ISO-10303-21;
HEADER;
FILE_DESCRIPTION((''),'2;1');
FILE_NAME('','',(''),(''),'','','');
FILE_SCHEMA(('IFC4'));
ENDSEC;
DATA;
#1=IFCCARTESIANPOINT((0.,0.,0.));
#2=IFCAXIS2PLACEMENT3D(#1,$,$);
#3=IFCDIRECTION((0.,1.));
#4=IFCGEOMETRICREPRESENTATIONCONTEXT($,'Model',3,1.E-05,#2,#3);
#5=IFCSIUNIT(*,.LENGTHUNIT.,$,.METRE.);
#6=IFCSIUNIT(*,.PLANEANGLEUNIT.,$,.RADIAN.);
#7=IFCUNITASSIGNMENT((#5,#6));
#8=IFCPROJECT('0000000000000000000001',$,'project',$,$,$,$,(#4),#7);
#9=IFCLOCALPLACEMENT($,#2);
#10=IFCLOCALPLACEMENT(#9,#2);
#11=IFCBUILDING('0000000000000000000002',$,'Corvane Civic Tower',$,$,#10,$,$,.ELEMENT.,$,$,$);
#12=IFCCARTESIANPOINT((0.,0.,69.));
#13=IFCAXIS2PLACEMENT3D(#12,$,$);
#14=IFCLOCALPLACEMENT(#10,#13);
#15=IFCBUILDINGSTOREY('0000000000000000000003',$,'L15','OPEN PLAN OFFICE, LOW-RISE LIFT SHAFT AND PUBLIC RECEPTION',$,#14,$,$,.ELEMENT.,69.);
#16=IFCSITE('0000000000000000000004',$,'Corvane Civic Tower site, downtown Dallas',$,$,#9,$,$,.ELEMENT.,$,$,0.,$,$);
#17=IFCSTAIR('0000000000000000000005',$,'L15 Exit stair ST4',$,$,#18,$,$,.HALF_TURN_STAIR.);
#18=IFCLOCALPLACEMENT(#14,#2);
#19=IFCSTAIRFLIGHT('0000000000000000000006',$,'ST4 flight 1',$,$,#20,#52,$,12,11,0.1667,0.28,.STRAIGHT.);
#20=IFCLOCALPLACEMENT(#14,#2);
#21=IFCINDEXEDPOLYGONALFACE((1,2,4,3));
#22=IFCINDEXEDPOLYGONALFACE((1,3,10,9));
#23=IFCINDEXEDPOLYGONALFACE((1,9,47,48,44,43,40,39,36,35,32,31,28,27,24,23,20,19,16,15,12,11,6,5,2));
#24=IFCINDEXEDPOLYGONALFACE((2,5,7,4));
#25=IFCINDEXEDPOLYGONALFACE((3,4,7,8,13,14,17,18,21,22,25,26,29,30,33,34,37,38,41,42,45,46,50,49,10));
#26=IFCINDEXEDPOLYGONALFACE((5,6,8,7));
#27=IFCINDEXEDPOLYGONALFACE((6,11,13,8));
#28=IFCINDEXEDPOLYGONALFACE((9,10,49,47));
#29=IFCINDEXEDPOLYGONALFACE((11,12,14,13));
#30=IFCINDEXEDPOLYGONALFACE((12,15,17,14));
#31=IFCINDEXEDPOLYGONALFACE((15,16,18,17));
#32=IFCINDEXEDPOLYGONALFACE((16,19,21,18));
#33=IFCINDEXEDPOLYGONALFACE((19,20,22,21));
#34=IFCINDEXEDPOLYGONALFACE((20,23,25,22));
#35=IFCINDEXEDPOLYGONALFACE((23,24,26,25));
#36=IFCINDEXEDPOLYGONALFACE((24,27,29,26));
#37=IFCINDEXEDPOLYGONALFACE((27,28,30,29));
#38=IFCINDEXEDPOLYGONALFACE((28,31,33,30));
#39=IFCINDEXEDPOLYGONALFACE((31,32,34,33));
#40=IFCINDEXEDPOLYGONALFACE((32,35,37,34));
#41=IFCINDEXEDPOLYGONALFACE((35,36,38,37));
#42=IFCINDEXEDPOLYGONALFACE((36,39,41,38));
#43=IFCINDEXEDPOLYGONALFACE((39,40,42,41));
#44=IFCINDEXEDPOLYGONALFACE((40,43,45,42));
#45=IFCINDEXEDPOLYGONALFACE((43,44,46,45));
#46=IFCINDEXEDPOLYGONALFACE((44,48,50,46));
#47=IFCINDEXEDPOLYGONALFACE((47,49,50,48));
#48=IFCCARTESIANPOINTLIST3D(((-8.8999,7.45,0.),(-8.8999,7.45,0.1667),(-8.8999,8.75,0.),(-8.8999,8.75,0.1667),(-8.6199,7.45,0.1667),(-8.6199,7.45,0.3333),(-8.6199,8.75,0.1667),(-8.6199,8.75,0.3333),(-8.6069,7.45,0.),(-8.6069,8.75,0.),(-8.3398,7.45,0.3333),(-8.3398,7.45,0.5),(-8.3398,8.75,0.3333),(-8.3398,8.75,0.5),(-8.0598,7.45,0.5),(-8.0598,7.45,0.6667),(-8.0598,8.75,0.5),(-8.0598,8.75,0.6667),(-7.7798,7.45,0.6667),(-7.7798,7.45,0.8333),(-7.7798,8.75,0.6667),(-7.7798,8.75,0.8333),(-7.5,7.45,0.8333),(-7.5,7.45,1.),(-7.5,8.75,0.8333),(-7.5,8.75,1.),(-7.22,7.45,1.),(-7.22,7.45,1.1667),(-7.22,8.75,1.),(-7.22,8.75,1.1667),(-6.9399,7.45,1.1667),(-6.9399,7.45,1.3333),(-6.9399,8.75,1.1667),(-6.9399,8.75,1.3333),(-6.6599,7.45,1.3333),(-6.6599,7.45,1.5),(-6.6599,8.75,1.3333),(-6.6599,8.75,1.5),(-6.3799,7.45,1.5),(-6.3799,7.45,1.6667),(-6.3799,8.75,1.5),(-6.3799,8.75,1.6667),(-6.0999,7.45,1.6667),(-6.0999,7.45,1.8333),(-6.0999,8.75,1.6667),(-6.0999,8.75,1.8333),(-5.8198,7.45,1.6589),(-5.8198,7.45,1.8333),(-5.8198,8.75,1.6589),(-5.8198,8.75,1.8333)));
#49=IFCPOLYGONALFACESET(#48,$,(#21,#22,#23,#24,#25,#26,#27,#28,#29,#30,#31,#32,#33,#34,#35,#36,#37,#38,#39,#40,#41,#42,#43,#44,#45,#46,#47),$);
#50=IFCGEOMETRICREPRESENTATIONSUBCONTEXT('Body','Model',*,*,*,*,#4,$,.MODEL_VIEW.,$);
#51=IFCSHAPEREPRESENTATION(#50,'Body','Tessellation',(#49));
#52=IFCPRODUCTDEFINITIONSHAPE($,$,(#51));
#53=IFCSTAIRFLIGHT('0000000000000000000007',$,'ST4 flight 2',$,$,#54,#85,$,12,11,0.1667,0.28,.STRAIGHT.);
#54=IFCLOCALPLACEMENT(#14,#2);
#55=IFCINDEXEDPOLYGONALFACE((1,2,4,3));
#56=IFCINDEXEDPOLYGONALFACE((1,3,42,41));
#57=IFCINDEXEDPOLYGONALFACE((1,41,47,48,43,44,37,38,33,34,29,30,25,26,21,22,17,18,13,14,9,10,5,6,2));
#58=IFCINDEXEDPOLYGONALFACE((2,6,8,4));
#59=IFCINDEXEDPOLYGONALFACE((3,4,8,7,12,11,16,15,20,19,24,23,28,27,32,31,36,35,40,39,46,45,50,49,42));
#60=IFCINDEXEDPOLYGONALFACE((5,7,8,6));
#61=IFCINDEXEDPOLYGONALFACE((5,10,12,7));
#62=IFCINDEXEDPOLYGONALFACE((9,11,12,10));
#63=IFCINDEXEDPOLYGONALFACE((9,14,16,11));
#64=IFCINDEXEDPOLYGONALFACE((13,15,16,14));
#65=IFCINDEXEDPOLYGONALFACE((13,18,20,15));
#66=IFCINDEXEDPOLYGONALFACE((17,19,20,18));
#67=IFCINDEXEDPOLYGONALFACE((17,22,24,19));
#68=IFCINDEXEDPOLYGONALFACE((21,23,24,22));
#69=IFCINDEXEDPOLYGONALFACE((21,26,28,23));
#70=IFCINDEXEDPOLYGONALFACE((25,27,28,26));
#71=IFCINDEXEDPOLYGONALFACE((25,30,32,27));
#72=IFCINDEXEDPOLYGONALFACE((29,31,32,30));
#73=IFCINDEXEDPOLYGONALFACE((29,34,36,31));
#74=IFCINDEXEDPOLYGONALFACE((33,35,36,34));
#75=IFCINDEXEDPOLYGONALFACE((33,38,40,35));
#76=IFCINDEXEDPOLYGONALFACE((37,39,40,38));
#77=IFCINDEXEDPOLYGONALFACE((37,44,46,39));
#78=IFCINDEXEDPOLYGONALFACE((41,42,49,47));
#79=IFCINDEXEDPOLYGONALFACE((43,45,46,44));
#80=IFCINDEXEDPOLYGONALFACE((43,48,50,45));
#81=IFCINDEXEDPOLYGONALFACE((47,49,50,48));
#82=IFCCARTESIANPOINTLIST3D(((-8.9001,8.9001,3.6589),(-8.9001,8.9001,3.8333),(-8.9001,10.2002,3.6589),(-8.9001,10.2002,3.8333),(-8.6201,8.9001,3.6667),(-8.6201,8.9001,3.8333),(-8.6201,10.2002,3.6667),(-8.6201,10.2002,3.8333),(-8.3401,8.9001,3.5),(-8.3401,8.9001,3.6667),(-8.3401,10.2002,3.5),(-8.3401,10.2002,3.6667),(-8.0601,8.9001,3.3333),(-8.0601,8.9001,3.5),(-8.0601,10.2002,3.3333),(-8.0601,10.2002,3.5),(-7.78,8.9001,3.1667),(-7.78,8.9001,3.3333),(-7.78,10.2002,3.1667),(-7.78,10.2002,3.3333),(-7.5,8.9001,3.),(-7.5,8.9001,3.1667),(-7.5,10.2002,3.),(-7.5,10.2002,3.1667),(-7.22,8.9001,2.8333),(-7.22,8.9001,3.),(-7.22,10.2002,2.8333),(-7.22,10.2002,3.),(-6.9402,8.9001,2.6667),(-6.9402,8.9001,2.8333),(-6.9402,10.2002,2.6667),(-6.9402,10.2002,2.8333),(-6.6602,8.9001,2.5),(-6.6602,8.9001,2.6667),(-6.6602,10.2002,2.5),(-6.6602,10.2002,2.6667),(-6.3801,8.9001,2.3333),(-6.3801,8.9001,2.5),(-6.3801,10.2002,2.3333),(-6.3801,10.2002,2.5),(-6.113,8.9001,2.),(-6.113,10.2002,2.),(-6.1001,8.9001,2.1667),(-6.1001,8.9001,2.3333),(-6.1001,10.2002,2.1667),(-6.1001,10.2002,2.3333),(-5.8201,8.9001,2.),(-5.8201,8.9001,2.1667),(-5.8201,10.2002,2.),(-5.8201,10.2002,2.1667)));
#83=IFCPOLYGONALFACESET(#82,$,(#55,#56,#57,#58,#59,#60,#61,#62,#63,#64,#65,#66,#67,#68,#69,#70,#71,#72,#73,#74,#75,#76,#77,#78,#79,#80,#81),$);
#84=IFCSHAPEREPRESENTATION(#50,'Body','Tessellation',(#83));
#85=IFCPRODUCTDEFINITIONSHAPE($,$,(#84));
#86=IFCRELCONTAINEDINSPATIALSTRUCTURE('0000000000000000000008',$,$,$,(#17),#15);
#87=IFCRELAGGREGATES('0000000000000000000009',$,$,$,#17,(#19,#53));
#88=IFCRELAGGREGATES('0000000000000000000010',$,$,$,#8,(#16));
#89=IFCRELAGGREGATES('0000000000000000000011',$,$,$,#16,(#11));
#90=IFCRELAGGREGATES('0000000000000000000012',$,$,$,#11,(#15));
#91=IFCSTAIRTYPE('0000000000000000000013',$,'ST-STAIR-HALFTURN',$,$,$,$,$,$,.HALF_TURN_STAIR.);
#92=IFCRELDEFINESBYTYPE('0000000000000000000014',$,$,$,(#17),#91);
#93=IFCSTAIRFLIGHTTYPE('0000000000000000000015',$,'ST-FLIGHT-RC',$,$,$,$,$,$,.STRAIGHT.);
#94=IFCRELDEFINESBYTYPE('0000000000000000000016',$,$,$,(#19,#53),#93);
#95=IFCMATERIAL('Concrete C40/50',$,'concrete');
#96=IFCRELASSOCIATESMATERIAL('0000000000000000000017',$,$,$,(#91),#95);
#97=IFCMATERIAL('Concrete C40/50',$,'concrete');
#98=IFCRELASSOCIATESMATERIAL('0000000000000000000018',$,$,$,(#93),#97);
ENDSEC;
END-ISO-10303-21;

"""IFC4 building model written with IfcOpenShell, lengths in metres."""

from ifc_helpers import new_model, si_unit, direction, frame, origin, place, context, subcontext, project, spatial, polyline, outline, extrude, material, type_object, element, aggregate, save


model = new_model("IFC4")

# Units and contexts
model_context = context("Model", 3, precision=1e-05, world=origin(), true_north=direction((0.0, 1.0)))
body_context = subcontext(model_context, "Body", "Model", "MODEL_VIEW")
ifc_project = project(units=[si_unit("LENGTHUNIT", "METRE"), si_unit("PLANEANGLEUNIT", "RADIAN")], contexts=[model_context])

# Site, building, storey
site_placement = place(None, origin())
site = spatial("IfcSite", under=ifc_project, at=site_placement, Name="Corvane Civic Tower site, downtown Dallas", CompositionType="ELEMENT", RefElevation=0.0)
building_placement = place(site_placement, origin())
building = spatial("IfcBuilding", under=site, at=building_placement, Name="Corvane Civic Tower", CompositionType="ELEMENT")
storey_placement = place(building_placement, frame((0.0, 0.0, 69.0)))
storey = spatial("IfcBuildingStorey", under=building, at=storey_placement, Name="L15", Description="OPEN PLAN OFFICE, LOW-RISE LIFT SHAFT AND PUBLIC RECEPTION", CompositionType="ELEMENT", Elevation=69.0)

# Stair
ifc_material_1 = material(Name="Concrete C40/50", Category="concrete")
stair_type = type_object("IfcStairType", Name="ST-STAIR-HALFTURN", PredefinedType="HALF_TURN_STAIR", material=ifc_material_1)
stair_1_placement = place(storey_placement, origin())
stair_1 = element("IfcStair", 1, at=stair_1_placement, inside=storey, type_object=stair_type, Name="L15 Exit stair ST4", PredefinedType="HALF_TURN_STAIR")

# Stair flights
ifc_material_2 = material(Name="Concrete C40/50", Category="concrete")
stair_flight_type = type_object("IfcStairFlightType", Name="ST-FLIGHT-RC", PredefinedType="STRAIGHT", material=ifc_material_2)
stair_flight_1_placement = place(storey_placement, frame((-8.8999, 8.1001, 0.0), z_axis=(0.0, 0.0, 1.0), x_axis=(1.0, 0.0, 0.0)))
stair_flight_1 = element("IfcStairFlight", 2, at=stair_flight_1_placement, type_object=stair_flight_type, Name="ST4 flight 1", NumberOfRisers=12, NumberOfTreads=11, PredefinedType="STRAIGHT", RiserHeight=0.1667, TreadLength=0.28, context=body_context, shape_type="SweptSolid", body=[
    extrude(outline(polyline([(0.0, 0.0), (0.0, 0.1667), (0.28, 0.1667), (0.28, 0.3333), (0.5601, 0.3333), (0.5601, 0.5), (0.8401, 0.5), (0.8401, 0.6667), (1.1201, 0.6667), (1.1201, 0.8333), (1.3999, 0.8333), (1.3999, 1.0), (1.6799, 1.0), (1.6799, 1.1667), (1.96, 1.1667), (1.96, 1.3333), (2.24, 1.3333), (2.24, 1.5), (2.52, 1.5), (2.52, 1.6667), (2.8, 1.6667), (2.8, 1.8333), (3.0801, 1.8333), (3.0801, 2.0), (3.0801, 1.6589), (0.293, 0.0), (0.0, 0.0)])), frame((0.0, 0.6499, 0.0), z_axis=(0.0, -1.0, 0.0), x_axis=(1.0, 0.0, 0.0)), (0.0, 0.0, 1.0), 1.3),
])
stair_flight_2_placement = place(storey_placement, frame((-5.8201, 9.55, 2.0), z_axis=(0.0, 0.0, 1.0), x_axis=(-1.0, 0.0, 0.0)))
stair_flight_2 = element("IfcStairFlight", 3, at=stair_flight_2_placement, type_object=stair_flight_type, Name="ST4 flight 2", NumberOfRisers=12, NumberOfTreads=11, PredefinedType="STRAIGHT", RiserHeight=0.1667, TreadLength=0.28, context=body_context, shape_type="SweptSolid", body=[
    extrude(outline(polyline([(0.0, 0.0), (0.0, 0.1667), (0.28, 0.1667), (0.28, 0.3333), (0.5601, 0.3333), (0.5601, 0.5), (0.8401, 0.5), (0.8401, 0.6667), (1.1201, 0.6667), (1.1201, 0.8333), (1.3999, 0.8333), (1.3999, 1.0), (1.6799, 1.0), (1.6799, 1.1667), (1.96, 1.1667), (1.96, 1.3333), (2.24, 1.3333), (2.24, 1.5), (2.52, 1.5), (2.52, 1.6667), (2.8, 1.6667), (2.8, 1.8333), (3.0801, 1.8333), (3.0801, 2.0), (3.0801, 1.6589), (0.293, 0.0), (0.0, 0.0)])), frame((0.0, 0.6499, 0.0), z_axis=(0.0, -1.0, 0.0), x_axis=(1.0, 0.0, 0.0)), (0.0, 0.0, 1.0), 1.3),
])
aggregate(stair_1, [stair_flight_1, stair_flight_2])

save(model, "model.ifc")
